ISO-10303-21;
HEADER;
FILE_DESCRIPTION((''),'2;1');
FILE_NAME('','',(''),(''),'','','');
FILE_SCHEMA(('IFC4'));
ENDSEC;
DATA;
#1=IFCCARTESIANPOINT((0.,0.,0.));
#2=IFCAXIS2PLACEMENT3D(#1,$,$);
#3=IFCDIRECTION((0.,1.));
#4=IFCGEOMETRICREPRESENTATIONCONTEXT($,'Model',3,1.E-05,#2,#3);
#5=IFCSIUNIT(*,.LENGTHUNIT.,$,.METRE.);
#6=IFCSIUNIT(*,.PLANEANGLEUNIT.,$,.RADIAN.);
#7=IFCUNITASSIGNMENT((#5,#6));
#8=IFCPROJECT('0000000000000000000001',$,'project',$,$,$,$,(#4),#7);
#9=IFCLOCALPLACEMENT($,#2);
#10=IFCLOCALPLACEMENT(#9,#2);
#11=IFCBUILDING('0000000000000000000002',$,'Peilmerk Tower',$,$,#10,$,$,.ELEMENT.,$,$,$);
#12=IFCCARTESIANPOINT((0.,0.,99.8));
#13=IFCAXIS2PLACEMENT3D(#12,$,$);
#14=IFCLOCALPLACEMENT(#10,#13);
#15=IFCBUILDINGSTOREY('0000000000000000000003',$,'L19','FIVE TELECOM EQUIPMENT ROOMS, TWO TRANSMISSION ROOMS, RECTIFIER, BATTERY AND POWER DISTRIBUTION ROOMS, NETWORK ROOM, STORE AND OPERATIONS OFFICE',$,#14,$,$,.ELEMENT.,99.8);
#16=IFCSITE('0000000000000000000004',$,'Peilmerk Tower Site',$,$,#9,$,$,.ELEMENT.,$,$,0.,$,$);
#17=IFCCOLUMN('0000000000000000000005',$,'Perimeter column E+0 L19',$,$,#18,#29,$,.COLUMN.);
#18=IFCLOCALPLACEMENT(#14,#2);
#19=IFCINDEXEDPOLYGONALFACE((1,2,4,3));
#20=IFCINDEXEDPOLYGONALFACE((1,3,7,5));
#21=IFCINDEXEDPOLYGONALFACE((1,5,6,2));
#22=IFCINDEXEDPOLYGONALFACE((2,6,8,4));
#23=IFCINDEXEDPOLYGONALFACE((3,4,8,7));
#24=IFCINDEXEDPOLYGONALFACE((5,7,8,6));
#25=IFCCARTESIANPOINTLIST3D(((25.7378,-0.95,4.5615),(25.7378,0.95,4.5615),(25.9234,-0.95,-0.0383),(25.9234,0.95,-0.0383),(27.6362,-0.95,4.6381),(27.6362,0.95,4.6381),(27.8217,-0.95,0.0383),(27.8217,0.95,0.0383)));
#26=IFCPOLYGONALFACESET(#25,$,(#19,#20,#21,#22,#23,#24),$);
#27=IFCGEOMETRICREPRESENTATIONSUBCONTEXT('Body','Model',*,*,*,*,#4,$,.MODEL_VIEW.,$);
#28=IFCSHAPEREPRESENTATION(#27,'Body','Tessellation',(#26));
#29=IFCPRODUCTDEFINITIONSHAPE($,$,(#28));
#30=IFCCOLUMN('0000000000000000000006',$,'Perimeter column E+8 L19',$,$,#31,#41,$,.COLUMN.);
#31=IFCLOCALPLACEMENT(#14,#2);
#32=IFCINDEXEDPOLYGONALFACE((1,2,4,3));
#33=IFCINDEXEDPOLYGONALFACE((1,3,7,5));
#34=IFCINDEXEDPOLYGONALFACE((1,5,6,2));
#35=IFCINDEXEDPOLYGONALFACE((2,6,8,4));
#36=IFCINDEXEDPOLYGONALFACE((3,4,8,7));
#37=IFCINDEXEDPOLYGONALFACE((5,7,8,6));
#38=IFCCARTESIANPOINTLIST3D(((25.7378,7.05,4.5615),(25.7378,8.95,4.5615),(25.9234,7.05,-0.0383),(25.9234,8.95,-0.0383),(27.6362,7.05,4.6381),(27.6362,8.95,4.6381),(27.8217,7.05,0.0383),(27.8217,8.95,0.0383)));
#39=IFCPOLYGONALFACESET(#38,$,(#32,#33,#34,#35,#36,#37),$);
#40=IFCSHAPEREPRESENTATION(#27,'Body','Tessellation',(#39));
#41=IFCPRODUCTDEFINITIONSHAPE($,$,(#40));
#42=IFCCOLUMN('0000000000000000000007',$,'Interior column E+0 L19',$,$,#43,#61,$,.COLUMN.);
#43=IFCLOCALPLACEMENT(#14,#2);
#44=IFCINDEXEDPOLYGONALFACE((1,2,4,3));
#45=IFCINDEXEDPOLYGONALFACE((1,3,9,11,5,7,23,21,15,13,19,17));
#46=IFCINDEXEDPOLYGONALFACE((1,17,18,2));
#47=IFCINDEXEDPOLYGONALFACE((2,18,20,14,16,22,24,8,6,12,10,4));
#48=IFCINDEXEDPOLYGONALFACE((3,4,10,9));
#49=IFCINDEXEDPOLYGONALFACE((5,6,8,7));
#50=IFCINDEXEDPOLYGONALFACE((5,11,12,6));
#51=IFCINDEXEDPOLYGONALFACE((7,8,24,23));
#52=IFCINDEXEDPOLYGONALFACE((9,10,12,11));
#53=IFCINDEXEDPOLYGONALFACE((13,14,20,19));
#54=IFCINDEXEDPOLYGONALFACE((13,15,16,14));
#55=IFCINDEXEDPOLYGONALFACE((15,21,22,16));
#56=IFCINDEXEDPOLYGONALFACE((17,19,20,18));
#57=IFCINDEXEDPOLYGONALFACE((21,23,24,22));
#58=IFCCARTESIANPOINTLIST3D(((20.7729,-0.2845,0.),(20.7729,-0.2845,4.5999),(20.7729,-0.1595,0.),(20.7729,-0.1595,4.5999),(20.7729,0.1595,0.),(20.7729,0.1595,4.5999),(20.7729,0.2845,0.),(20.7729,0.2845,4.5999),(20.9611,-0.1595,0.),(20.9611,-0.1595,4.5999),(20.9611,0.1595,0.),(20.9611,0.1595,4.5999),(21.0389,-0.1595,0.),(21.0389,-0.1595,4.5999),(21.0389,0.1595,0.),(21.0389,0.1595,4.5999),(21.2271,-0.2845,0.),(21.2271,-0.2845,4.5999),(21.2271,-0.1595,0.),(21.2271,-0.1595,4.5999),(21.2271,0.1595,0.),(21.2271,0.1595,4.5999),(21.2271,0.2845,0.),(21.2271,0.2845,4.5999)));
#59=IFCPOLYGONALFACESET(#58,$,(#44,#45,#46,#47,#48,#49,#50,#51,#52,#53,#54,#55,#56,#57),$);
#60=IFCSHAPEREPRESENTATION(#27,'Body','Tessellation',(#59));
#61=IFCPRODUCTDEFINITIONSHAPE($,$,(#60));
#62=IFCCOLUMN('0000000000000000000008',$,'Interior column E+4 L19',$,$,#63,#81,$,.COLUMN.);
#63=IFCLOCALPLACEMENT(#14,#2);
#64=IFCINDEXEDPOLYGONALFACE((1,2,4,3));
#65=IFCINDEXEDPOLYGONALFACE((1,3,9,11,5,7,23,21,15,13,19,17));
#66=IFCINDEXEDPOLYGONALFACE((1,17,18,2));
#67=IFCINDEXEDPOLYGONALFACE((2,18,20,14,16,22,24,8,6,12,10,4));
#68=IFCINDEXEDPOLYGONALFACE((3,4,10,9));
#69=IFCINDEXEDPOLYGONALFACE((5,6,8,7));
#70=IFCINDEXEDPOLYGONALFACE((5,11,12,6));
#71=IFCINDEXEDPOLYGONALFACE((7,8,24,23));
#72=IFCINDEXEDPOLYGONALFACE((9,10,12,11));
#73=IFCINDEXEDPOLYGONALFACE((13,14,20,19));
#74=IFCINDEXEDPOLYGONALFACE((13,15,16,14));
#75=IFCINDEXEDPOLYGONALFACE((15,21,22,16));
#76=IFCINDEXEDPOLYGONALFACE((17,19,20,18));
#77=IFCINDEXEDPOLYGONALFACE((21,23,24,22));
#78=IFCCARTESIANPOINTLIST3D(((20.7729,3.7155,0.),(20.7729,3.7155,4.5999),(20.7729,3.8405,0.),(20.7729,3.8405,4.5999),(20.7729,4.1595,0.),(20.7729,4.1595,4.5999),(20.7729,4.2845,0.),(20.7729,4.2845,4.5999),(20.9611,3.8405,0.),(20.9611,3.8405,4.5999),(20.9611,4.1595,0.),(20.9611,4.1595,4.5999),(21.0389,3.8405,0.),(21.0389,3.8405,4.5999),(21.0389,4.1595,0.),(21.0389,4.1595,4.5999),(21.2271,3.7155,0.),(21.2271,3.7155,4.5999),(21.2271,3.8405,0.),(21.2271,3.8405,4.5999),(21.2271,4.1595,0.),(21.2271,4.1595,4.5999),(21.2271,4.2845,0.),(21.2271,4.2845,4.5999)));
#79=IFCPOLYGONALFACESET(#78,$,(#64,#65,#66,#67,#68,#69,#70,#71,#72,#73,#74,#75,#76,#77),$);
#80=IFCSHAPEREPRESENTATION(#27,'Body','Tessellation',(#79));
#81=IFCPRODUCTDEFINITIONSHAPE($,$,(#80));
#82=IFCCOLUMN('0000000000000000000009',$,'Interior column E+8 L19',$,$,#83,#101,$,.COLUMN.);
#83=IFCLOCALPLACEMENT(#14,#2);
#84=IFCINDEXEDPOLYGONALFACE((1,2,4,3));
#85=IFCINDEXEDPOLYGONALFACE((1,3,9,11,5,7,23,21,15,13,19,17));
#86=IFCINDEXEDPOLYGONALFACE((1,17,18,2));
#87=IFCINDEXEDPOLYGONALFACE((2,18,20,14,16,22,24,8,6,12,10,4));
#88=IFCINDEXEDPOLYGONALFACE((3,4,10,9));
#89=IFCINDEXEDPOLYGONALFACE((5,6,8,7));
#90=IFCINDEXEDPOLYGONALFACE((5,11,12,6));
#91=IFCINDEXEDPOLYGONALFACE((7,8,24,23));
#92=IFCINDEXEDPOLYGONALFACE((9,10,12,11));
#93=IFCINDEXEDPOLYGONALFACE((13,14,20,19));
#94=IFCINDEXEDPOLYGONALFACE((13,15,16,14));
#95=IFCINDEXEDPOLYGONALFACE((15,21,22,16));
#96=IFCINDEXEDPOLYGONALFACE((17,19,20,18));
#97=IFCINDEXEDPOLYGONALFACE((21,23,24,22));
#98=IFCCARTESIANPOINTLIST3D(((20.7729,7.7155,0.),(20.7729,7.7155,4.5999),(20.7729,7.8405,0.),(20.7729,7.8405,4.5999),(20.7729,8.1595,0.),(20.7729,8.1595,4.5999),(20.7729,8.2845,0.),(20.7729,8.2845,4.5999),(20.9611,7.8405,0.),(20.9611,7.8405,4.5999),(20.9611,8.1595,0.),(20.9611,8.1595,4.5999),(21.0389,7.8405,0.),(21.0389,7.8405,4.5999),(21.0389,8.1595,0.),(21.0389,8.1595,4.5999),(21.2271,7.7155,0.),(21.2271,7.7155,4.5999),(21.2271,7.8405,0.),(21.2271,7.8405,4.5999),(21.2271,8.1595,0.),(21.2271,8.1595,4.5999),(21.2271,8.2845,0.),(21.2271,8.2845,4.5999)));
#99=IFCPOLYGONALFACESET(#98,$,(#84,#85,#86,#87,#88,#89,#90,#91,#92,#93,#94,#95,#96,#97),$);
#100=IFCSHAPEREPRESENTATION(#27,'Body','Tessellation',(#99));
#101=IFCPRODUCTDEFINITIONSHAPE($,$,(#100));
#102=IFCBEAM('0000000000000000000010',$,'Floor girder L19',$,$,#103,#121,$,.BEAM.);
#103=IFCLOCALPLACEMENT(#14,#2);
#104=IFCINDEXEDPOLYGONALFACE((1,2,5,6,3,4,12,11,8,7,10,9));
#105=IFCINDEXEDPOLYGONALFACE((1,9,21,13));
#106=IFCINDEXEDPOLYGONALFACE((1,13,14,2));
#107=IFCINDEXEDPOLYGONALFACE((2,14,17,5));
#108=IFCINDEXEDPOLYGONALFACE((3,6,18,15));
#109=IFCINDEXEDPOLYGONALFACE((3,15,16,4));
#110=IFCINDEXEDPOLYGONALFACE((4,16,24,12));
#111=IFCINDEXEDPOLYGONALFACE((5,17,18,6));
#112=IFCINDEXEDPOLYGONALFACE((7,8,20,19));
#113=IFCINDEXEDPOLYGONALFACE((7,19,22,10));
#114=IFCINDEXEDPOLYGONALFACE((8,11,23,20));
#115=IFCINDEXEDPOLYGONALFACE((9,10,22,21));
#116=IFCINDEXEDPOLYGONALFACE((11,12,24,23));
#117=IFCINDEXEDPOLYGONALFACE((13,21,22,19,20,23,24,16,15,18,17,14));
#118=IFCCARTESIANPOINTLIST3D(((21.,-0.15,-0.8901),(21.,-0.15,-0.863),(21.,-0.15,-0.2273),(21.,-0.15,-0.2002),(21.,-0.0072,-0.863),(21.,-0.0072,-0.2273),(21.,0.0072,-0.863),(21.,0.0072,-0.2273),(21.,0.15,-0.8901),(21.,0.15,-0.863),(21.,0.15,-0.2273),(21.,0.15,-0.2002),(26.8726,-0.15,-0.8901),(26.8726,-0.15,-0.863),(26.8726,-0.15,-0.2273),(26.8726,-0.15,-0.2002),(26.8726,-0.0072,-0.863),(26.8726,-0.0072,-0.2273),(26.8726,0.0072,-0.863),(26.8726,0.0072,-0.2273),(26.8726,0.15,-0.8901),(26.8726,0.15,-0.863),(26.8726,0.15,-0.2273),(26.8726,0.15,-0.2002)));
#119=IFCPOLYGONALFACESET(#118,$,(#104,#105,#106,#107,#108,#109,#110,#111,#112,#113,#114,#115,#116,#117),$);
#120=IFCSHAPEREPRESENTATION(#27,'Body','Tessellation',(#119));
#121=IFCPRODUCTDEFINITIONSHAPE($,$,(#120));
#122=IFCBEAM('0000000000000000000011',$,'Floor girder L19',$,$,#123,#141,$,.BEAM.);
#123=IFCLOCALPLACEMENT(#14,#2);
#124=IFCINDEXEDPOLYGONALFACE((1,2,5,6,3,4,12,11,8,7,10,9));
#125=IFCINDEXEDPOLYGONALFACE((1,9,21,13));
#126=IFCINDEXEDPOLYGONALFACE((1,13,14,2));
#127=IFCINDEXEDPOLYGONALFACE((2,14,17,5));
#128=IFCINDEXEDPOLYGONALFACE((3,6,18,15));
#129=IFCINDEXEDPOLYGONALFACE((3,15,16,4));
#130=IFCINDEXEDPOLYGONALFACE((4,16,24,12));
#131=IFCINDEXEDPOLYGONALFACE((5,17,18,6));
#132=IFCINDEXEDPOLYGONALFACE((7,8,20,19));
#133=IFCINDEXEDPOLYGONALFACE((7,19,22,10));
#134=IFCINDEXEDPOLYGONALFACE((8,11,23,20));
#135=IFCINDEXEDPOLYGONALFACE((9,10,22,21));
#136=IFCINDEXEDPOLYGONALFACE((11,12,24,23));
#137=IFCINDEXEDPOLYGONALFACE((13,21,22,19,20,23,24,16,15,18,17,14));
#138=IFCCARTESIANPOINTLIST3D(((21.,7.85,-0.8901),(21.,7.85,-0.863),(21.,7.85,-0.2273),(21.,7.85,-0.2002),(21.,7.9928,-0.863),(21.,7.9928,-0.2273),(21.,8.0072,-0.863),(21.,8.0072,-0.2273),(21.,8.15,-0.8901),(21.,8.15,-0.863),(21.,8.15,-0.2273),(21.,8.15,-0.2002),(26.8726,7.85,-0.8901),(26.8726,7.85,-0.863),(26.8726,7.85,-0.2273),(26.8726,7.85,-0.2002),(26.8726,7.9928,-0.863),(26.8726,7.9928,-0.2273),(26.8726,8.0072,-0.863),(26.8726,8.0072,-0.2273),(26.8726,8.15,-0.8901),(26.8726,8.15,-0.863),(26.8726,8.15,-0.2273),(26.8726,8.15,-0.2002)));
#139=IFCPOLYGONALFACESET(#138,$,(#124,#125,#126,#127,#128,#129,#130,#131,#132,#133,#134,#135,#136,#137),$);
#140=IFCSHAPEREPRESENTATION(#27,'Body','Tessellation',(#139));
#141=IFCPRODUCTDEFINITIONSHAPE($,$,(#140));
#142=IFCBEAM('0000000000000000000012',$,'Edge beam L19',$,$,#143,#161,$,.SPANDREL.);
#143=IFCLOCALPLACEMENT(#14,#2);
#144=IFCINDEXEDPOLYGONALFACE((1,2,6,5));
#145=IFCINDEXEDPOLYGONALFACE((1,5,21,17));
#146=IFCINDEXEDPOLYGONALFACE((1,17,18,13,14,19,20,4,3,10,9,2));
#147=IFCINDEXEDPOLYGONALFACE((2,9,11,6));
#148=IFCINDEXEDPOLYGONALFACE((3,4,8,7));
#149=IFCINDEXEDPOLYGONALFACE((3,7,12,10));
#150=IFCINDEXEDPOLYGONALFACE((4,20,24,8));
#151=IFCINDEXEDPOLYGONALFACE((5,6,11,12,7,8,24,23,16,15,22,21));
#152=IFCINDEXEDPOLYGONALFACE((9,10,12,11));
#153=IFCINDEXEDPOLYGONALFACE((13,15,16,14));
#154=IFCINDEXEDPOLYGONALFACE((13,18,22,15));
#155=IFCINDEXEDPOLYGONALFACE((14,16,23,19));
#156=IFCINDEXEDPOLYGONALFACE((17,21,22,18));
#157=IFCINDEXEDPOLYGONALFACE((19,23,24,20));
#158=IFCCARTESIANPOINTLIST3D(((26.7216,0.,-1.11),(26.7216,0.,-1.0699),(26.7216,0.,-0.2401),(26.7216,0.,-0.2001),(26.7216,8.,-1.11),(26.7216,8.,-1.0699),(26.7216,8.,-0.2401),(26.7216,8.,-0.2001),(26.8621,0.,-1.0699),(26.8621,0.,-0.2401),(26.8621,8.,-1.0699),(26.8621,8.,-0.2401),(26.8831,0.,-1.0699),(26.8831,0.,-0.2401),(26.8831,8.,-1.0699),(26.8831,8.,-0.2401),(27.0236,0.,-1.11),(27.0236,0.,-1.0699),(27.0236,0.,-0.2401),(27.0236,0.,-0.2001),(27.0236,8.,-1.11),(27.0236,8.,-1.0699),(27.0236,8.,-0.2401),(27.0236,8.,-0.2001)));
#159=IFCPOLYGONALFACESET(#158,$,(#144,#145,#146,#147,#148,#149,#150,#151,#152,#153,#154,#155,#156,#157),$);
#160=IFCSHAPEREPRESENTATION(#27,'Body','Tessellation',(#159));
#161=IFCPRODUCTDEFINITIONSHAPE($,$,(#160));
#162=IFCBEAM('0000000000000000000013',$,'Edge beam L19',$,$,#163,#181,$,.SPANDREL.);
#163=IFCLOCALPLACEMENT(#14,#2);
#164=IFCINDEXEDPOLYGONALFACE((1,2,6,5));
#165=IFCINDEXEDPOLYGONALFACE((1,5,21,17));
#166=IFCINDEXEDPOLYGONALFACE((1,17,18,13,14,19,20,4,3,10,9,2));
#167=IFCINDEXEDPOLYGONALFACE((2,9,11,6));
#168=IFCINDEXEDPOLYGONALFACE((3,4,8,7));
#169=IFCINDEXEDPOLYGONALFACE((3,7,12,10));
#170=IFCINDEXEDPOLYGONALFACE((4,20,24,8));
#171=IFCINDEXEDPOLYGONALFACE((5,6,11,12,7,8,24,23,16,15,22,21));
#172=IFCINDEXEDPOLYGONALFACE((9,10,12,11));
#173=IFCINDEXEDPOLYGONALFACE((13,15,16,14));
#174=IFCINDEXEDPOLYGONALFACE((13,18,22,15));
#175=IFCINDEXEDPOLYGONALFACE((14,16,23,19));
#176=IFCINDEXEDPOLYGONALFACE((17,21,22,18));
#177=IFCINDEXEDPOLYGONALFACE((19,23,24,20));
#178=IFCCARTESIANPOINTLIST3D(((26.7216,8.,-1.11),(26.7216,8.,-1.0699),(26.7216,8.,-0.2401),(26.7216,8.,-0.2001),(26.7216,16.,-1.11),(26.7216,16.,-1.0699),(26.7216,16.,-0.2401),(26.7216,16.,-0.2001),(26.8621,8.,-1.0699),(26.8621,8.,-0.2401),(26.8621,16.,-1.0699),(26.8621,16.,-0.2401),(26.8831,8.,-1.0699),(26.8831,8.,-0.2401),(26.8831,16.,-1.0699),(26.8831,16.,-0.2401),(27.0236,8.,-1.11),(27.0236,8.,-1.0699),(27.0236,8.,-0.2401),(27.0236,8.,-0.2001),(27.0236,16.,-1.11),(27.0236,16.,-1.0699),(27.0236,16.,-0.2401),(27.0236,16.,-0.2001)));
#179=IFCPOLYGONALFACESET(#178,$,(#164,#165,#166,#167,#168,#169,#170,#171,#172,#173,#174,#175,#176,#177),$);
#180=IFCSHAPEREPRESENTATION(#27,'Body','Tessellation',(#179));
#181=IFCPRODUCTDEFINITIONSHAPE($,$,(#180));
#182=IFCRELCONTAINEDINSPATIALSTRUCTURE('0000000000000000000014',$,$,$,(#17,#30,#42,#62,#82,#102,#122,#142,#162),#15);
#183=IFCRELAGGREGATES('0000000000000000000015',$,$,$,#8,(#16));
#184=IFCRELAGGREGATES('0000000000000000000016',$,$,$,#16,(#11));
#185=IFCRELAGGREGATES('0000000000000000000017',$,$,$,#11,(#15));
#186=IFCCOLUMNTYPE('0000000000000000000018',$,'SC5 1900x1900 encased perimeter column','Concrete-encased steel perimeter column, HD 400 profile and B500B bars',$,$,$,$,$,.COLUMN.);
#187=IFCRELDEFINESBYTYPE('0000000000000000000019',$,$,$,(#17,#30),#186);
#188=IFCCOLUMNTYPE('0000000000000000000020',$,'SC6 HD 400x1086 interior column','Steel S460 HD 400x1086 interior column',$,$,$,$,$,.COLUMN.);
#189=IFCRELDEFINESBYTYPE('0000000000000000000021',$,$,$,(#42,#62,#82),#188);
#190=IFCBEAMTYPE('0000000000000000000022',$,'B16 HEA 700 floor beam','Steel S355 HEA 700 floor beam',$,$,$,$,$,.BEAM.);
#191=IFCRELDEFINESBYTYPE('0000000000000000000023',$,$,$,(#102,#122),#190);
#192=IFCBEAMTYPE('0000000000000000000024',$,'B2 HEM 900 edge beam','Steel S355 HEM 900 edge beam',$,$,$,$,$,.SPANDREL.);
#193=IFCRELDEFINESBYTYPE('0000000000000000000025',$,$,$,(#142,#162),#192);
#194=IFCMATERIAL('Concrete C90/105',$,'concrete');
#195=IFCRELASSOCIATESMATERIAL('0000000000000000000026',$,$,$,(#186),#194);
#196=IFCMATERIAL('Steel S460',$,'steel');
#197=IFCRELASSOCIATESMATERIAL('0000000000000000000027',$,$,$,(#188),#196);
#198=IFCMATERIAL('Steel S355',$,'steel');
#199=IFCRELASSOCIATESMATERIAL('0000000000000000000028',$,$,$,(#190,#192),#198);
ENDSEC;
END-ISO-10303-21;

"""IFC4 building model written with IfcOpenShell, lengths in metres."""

from ifc_helpers import new_model, si_unit, direction, frame, origin, origin_2d, place, context, subcontext, project, spatial, rectangle, i_section, extrude, material, material_profile, profile_set, type_object, element, save


model = new_model("IFC4")

# Units and contexts
model_context = context("Model", 3, precision=1e-05, world=origin(), true_north=direction((0.0, 1.0)))
body_context = subcontext(model_context, "Body", "Model", "MODEL_VIEW")
ifc_project = project(units=[si_unit("LENGTHUNIT", "METRE"), si_unit("PLANEANGLEUNIT", "RADIAN")], contexts=[model_context])

# Site, building, storey
site_placement = place(None, origin())
site = spatial("IfcSite", under=ifc_project, at=site_placement, Name="Peilmerk Tower Site", CompositionType="ELEMENT", RefElevation=0.0)
building_placement = place(site_placement, origin())
building = spatial("IfcBuilding", under=site, at=building_placement, Name="Peilmerk Tower", CompositionType="ELEMENT")
storey_placement = place(building_placement, frame((0.0, 0.0, 99.8)))
storey = spatial("IfcBuildingStorey", under=building, at=storey_placement, Name="L19", Description="FIVE TELECOM EQUIPMENT ROOMS, TWO TRANSMISSION ROOMS, RECTIFIER, BATTERY AND POWER DISTRIBUTION ROOMS, NETWORK ROOM, STORE AND OPERATIONS OFFICE", CompositionType="ELEMENT", Elevation=99.8)

# Columns
ifc_material_1 = material(Name="Concrete C90/105", Category="concrete")
ifc_material_profile_1 = material_profile(ifc_material_1, rectangle(XDim=1.8999, YDim=1.8999, at=origin_2d()), Name="RC 1900x1900")
ifc_profile_set_1 = profile_set([ifc_material_profile_1], Name="Concrete C90/105")
column_type_1 = type_object("IfcColumnType", Name="SC5 1900x1900 encased perimeter column", Description="Concrete-encased steel perimeter column, HD 400 profile and B500B bars", PredefinedType="COLUMN", material=ifc_profile_set_1)
for number, where, z_axis, x_axis, name in (
    (1, (26.8726, 0.0, 0.0), (-0.040305, 0.0, 0.999187), (0.0, -1.0, 0.0), "Perimeter column E+0 L19"),
    (2, (26.8726, 8.0, 0.0), (-0.040305, 0.0, 0.999187), (0.0, -1.0, 0.0), "Perimeter column E+8 L19"),
):
    element("IfcColumn", number, at=place(storey_placement, frame(where, z_axis=z_axis, x_axis=x_axis)), inside=storey, type_object=column_type_1, Name=name, PredefinedType="COLUMN", context=body_context, shape_type="SweptSolid", body=[
        extrude(rectangle(XDim=1.8999, YDim=1.8999, at=origin_2d()), origin(), (0.0, 0.0, 1.0), 4.6035),
    ])
ifc_material_2 = material(Name="Steel S460", Category="steel")
ifc_material_profile_2 = material_profile(ifc_material_2, i_section(OverallWidth=0.4541, OverallDepth=0.5691, WebThickness=0.0779, FlangeThickness=0.125, at=origin_2d()), Name="HD 400x1086")
ifc_profile_set_2 = profile_set([ifc_material_profile_2], Name="Steel S460")
column_type_2 = type_object("IfcColumnType", Name="SC6 HD 400x1086 interior column", Description="Steel S460 HD 400x1086 interior column", PredefinedType="COLUMN", material=ifc_profile_set_2)
for number, where, z_axis, x_axis, name in (
    (3, (21.0, 0.0, 0.0), (0.0, 0.0, 1.0), (1.0, 0.0, 0.0), "Interior column E+0 L19"),
    (4, (21.0, 4.0, 0.0), (0.0, 0.0, 1.0), (1.0, 0.0, 0.0), "Interior column E+4 L19"),
    (5, (21.0, 8.0, 0.0), (0.0, 0.0, 1.0), (1.0, 0.0, 0.0), "Interior column E+8 L19"),
):
    element("IfcColumn", number, at=place(storey_placement, frame(where, z_axis=z_axis, x_axis=x_axis)), inside=storey, type_object=column_type_2, Name=name, PredefinedType="COLUMN", context=body_context, shape_type="SweptSolid", body=[
        extrude(i_section(OverallWidth=0.4541, OverallDepth=0.5691, WebThickness=0.0779, FlangeThickness=0.125, at=origin_2d()), origin(), (0.0, 0.0, 1.0), 4.5999),
    ])

# Beams
ifc_material_3 = material(Name="Steel S355", Category="steel")
ifc_material_profile_3 = material_profile(ifc_material_3, i_section(OverallWidth=0.3, OverallDepth=0.6899, WebThickness=0.0144, FlangeThickness=0.0271, at=origin_2d()), Name="HEA 700")
ifc_profile_set_3 = profile_set([ifc_material_profile_3], Name="Steel S355")
beam_type_1 = type_object("IfcBeamType", Name="B16 HEA 700 floor beam", Description="Steel S355 HEA 700 floor beam", PredefinedType="BEAM", material=ifc_profile_set_3)
for number, where, z_axis, x_axis, name in (
    (6, (21.0, 0.0, -0.5452), (1.0, 0.0, 0.0), (0.0, 1.0, 0.0), "Floor girder L19"),
    (7, (21.0, 8.0, -0.5452), (1.0, 0.0, 0.0), (0.0, 1.0, 0.0), "Floor girder L19"),
):
    element("IfcBeam", number, at=place(storey_placement, frame(where, z_axis=z_axis, x_axis=x_axis)), inside=storey, type_object=beam_type_1, Name=name, PredefinedType="BEAM", context=body_context, shape_type="SweptSolid", body=[
        extrude(i_section(OverallWidth=0.3, OverallDepth=0.6899, WebThickness=0.0144, FlangeThickness=0.0271, at=origin_2d()), origin(), (0.0, 0.0, 1.0), 5.8726),
    ])
ifc_material_profile_4 = material_profile(ifc_material_3, i_section(OverallWidth=0.302, OverallDepth=0.9099, WebThickness=0.021, FlangeThickness=0.04, at=origin_2d()), Name="HEM 900")
ifc_profile_set_4 = profile_set([ifc_material_profile_4], Name="Steel S355")
beam_type_2 = type_object("IfcBeamType", Name="B2 HEM 900 edge beam", Description="Steel S355 HEM 900 edge beam", PredefinedType="SPANDREL", material=ifc_profile_set_4)
for number, where, z_axis, x_axis, name in (
    (8, (26.8726, 0.0, -0.655), (0.0, 1.0, 0.0), (-1.0, 0.0, 0.0), "Edge beam L19"),
    (9, (26.8726, 8.0, -0.655), (0.0, 1.0, 0.0), (-1.0, 0.0, 0.0), "Edge beam L19"),
):
    element("IfcBeam", number, at=place(storey_placement, frame(where, z_axis=z_axis, x_axis=x_axis)), inside=storey, type_object=beam_type_2, Name=name, PredefinedType="SPANDREL", context=body_context, shape_type="SweptSolid", body=[
        extrude(i_section(OverallWidth=0.302, OverallDepth=0.9099, WebThickness=0.021, FlangeThickness=0.04, at=origin_2d()), origin(), (0.0, 0.0, 1.0), 8.0),
    ])

save(model, "model.ifc")
